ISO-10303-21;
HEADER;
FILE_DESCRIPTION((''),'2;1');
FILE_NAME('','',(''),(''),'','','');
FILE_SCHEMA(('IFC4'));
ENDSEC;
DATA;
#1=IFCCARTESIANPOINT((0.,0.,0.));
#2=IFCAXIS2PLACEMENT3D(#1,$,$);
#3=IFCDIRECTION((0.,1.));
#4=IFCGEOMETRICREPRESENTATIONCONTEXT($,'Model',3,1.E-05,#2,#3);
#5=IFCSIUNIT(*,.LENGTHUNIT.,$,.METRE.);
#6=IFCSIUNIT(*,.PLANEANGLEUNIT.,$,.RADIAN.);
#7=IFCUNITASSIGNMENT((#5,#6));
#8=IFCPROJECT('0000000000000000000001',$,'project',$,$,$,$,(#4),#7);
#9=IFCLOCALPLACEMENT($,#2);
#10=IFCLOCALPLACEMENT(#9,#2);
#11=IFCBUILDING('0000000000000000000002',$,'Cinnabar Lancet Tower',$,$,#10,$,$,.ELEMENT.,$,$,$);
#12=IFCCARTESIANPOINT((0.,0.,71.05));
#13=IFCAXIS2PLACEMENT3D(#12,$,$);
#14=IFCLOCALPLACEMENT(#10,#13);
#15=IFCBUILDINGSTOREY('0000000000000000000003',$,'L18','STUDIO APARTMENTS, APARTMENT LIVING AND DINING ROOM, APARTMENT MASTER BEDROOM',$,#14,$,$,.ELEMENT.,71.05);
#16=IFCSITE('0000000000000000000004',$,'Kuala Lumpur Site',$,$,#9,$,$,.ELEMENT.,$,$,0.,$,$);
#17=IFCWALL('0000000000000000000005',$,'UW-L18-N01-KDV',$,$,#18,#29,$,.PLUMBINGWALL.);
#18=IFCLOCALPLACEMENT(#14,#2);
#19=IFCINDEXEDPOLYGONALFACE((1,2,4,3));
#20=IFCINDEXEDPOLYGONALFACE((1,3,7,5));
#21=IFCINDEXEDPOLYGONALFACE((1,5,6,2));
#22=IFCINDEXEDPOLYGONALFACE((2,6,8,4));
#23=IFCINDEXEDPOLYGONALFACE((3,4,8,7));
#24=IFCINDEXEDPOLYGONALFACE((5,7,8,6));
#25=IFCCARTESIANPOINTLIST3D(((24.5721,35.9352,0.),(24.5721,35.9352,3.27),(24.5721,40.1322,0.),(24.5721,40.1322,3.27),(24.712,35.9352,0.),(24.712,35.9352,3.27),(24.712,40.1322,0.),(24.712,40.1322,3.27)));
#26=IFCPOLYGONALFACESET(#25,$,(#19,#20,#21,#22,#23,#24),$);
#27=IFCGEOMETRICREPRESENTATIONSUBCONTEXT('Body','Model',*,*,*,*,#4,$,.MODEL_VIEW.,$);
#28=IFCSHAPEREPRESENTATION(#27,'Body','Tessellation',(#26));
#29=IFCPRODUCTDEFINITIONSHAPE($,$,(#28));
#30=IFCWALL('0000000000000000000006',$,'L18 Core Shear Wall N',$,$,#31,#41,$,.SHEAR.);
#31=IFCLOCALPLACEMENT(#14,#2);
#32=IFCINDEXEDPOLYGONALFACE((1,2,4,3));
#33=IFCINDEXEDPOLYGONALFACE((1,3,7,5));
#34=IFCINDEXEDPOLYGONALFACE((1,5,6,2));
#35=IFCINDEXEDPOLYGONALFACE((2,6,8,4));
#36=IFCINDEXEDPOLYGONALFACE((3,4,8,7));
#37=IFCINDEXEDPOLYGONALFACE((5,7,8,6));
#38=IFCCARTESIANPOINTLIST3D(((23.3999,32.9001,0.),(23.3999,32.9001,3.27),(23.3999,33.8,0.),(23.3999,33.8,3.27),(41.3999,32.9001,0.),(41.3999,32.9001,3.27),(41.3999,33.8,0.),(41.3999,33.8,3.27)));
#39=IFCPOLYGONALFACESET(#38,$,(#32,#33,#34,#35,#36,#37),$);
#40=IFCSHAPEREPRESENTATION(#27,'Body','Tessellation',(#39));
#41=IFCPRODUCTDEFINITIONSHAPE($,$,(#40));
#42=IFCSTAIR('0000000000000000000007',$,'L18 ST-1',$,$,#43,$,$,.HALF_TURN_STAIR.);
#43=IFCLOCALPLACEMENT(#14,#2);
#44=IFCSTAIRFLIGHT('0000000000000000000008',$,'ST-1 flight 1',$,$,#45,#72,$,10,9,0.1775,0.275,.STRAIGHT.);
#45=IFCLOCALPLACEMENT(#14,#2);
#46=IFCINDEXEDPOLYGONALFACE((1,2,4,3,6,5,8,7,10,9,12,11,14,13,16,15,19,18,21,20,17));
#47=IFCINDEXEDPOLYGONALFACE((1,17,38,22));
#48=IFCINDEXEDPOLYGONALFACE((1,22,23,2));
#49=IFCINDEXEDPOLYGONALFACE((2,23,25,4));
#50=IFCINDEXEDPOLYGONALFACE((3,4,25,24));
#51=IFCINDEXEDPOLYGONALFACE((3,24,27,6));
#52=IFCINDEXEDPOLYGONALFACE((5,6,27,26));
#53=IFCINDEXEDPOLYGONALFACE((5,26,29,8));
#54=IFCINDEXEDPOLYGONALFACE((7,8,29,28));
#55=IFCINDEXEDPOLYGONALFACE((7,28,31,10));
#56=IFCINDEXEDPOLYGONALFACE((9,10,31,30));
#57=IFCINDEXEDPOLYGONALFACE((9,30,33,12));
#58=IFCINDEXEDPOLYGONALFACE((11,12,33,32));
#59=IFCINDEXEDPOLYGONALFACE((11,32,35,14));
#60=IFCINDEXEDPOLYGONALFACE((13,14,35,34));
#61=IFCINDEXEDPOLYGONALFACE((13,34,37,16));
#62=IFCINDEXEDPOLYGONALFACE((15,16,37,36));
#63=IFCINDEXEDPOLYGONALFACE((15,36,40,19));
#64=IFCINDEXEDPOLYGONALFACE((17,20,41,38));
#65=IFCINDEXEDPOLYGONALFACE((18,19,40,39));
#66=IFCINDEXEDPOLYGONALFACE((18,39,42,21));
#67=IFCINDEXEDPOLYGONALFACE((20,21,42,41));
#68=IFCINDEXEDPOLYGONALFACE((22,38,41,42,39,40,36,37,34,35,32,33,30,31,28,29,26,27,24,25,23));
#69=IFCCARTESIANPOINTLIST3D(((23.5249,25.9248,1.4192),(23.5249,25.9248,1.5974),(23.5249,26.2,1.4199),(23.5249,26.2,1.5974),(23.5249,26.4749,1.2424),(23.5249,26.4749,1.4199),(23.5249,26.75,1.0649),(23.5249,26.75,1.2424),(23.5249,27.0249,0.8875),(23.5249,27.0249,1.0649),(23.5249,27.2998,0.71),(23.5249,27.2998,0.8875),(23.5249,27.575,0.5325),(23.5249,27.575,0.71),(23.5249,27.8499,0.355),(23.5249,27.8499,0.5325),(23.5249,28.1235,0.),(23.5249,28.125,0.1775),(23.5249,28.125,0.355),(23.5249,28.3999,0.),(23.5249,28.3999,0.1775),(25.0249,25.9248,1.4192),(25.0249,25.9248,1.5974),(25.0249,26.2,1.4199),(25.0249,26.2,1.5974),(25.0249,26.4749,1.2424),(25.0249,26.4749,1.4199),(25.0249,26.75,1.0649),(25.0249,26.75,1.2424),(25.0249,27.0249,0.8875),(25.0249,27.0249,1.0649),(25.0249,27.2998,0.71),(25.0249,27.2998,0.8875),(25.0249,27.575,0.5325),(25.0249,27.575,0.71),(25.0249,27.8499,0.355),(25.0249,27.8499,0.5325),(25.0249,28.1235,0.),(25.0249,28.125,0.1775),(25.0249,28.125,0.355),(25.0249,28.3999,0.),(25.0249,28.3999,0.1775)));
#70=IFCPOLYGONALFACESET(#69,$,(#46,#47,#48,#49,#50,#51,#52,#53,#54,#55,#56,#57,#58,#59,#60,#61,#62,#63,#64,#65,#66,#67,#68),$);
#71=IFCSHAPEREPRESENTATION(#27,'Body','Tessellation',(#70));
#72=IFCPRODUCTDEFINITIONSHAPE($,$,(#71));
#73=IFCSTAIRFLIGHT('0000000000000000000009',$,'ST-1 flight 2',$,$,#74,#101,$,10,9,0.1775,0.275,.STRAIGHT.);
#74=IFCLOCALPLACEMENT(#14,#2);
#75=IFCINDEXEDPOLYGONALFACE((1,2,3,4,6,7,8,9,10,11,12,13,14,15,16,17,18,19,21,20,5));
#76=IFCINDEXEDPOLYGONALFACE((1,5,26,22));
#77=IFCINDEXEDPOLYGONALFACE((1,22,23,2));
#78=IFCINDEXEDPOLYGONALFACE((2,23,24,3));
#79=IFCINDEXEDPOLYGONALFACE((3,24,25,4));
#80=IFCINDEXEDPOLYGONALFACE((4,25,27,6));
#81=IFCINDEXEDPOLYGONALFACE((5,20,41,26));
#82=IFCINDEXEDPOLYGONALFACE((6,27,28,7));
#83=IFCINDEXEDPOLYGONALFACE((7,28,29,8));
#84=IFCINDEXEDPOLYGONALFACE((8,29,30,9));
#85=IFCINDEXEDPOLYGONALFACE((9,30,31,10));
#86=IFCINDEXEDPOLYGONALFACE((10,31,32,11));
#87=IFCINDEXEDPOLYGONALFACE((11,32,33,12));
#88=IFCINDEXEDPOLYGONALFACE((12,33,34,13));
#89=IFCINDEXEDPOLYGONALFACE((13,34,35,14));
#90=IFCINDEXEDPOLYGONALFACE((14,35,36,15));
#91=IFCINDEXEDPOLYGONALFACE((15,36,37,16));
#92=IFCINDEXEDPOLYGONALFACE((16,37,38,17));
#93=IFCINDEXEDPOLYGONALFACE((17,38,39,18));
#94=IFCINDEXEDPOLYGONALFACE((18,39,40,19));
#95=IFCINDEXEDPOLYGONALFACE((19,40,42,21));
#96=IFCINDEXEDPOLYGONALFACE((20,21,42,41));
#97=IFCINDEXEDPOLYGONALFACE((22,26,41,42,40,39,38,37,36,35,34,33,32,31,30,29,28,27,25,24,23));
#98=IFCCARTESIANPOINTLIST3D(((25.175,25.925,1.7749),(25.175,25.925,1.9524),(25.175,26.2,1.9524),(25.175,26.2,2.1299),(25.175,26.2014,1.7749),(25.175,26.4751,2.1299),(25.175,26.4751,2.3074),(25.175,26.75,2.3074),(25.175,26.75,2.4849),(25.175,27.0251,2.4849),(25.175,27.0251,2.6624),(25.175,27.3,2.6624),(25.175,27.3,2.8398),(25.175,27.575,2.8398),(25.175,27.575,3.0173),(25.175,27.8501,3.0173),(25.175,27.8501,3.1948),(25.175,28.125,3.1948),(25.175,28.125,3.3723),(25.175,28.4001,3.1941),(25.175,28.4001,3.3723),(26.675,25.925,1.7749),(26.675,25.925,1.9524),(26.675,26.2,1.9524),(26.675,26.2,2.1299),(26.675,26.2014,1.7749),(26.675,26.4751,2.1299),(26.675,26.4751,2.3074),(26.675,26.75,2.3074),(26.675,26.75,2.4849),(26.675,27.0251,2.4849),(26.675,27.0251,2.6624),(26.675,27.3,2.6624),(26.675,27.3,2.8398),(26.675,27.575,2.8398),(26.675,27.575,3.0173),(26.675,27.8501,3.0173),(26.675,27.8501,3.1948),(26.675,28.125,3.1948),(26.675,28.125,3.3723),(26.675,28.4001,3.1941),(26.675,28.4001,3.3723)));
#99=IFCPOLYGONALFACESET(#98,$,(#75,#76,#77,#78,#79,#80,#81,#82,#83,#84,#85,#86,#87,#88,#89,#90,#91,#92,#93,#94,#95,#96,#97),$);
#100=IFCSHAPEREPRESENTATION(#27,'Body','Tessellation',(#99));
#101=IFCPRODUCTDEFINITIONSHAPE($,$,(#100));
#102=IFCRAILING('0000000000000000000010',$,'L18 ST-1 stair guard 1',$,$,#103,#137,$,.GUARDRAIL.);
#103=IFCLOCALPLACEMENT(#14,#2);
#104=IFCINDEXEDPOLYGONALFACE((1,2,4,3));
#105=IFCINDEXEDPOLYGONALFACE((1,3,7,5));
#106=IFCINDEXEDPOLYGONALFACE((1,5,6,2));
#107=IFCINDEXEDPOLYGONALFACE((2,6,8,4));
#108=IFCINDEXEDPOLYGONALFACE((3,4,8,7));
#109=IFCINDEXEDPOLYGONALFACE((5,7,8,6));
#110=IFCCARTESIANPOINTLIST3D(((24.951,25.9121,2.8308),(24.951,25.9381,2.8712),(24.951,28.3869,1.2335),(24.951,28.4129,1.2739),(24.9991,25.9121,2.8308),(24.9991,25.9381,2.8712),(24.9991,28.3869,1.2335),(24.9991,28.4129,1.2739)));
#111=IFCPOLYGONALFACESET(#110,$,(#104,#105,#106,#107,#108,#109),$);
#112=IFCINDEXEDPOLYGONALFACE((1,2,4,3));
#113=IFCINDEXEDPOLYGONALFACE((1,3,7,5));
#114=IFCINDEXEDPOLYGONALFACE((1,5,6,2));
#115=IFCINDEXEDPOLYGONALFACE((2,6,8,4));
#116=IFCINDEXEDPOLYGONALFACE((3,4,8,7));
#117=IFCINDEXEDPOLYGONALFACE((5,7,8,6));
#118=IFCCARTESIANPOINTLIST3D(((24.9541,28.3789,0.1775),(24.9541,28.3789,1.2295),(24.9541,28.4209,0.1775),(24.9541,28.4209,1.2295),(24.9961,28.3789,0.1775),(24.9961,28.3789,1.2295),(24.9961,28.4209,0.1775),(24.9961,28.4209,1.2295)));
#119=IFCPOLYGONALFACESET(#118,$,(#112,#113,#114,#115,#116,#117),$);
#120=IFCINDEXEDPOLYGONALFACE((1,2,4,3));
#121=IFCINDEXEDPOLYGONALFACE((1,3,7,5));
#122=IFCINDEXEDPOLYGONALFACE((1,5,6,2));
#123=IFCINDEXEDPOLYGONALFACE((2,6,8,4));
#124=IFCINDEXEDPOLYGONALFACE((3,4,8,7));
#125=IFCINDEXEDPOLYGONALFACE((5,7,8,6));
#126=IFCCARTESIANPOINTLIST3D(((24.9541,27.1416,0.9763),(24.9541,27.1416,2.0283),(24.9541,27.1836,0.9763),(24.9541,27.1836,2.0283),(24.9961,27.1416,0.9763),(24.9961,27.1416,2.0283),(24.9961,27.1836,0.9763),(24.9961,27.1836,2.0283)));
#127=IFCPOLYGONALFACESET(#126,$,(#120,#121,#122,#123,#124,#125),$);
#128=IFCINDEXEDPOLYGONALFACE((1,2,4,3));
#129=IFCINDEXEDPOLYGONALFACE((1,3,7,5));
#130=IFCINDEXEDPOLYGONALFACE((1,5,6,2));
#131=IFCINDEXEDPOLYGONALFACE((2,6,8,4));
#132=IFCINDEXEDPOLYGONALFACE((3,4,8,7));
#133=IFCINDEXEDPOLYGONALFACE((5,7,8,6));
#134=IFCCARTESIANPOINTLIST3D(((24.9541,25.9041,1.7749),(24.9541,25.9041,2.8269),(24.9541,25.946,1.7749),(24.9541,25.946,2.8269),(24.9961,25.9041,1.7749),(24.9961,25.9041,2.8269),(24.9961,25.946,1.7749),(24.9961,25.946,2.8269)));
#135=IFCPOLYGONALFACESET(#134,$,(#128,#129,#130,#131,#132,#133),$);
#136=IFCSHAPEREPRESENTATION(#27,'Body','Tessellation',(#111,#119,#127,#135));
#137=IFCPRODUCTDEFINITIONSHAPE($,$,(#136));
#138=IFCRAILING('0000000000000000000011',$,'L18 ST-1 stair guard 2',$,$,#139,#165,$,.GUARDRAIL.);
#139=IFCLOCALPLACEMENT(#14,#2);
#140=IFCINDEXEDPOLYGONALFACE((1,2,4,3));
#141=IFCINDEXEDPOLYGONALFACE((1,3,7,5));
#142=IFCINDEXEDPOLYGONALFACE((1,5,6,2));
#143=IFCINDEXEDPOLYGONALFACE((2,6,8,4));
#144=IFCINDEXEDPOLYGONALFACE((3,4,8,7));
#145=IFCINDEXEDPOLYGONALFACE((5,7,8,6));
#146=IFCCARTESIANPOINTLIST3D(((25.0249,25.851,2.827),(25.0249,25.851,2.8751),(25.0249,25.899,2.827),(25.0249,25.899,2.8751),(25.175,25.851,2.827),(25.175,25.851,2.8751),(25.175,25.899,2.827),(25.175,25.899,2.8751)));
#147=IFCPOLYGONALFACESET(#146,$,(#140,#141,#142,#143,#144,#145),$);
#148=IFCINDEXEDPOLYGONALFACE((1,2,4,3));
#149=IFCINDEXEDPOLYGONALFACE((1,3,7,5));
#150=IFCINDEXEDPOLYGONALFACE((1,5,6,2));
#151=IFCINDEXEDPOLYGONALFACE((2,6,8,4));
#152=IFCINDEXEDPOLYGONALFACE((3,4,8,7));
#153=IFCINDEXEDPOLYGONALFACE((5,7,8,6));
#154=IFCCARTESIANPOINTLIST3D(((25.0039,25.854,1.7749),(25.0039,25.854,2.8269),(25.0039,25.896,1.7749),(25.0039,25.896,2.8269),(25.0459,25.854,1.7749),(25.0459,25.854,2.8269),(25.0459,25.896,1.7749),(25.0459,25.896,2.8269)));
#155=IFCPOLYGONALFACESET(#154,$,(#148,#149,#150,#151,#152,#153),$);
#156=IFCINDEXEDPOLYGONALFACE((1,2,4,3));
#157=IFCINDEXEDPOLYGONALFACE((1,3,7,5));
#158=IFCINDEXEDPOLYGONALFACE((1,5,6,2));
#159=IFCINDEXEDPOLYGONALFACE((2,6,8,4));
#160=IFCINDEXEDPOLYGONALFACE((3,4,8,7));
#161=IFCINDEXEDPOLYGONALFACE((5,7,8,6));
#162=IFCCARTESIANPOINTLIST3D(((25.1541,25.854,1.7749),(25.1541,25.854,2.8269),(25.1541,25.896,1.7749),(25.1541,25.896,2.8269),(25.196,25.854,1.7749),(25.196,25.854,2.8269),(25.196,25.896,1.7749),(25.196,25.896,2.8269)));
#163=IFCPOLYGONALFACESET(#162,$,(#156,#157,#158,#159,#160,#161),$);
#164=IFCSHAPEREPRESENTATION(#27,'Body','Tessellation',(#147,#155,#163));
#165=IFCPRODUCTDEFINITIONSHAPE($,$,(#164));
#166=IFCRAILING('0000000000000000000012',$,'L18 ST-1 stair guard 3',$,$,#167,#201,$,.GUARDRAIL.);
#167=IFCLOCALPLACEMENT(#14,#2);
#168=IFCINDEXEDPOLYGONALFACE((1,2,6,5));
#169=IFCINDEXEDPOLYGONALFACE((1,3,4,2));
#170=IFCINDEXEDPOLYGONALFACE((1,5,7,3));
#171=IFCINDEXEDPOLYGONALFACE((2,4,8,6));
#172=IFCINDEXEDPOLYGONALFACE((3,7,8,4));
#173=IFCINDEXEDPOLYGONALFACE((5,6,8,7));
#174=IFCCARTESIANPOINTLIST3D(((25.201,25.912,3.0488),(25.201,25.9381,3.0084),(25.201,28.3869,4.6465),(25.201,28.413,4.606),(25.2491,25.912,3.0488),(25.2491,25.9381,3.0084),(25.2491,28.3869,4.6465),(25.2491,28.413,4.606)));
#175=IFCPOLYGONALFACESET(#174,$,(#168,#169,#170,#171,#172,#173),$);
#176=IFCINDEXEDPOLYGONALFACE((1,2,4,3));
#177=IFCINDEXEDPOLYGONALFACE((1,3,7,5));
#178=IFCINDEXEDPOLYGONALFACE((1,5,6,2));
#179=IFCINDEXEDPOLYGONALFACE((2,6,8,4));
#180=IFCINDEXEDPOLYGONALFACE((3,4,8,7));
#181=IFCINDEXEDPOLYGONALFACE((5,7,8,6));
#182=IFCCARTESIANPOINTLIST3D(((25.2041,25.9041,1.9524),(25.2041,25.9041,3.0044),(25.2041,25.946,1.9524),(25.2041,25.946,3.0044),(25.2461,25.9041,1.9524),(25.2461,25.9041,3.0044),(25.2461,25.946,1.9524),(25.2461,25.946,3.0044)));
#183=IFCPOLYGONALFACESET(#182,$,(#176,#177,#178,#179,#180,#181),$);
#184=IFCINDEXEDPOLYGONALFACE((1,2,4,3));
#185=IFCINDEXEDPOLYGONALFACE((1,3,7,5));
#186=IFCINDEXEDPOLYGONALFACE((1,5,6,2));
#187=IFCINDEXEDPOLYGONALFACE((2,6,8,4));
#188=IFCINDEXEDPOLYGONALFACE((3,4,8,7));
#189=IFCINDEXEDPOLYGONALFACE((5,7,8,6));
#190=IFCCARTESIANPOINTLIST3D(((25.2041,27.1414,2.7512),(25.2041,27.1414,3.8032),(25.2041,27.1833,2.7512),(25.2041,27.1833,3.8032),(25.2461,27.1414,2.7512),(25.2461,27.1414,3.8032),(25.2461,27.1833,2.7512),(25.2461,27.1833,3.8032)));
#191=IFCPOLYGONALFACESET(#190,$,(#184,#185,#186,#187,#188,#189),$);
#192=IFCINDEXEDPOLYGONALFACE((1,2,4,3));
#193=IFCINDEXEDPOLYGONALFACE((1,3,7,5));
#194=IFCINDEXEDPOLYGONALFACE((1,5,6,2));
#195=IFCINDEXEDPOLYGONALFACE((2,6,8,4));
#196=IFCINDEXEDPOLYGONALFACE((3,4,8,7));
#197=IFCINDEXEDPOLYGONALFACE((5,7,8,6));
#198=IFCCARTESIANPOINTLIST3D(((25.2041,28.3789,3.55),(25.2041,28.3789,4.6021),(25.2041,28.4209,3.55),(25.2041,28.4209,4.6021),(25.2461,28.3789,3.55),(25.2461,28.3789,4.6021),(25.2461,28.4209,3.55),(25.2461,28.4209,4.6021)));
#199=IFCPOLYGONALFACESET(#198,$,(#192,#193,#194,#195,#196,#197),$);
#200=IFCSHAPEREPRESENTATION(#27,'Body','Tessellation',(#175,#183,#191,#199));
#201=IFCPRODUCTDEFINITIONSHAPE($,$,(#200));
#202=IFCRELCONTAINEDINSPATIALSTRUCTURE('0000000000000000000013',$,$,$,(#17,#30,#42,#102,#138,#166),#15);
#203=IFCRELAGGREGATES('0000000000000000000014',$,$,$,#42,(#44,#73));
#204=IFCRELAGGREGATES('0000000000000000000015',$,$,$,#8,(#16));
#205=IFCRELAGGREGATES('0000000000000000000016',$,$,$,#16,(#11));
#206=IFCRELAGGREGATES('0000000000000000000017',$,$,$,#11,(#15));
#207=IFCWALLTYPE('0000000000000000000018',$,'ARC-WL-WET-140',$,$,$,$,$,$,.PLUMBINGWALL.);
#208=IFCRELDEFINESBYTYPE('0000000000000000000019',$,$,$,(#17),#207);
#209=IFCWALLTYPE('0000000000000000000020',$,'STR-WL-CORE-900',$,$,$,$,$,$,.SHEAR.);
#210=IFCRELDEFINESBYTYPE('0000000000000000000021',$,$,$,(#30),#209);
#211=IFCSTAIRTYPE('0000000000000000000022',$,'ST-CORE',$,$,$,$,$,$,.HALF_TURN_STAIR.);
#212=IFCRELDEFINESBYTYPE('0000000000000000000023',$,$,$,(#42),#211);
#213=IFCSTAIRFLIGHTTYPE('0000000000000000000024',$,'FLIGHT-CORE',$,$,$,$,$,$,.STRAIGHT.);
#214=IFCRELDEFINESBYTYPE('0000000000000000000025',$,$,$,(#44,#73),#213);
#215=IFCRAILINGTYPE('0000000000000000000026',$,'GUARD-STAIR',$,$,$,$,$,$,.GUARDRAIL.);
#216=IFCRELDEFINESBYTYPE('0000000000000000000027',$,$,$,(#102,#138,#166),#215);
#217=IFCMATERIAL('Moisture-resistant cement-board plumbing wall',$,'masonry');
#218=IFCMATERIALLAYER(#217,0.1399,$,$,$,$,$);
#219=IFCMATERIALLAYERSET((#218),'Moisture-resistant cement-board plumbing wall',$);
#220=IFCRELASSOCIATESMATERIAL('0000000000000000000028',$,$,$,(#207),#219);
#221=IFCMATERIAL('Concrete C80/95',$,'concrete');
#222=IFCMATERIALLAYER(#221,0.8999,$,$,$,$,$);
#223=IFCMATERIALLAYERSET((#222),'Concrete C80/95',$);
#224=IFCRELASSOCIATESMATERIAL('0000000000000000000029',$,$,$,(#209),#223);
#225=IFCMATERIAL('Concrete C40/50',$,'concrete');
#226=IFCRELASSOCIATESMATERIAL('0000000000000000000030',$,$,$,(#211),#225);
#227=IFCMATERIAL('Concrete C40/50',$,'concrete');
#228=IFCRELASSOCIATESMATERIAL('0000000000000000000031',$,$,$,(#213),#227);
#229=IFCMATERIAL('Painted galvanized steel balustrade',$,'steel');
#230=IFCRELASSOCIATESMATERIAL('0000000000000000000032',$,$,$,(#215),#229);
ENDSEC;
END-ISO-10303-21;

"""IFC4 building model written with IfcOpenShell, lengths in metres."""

from ifc_helpers import new_model, si_unit, direction, frame, frame_2d, origin, origin_2d, place, context, subcontext, project, spatial, polyline, rectangle, outline, extrude, material, layer, layer_set, type_object, element, aggregate, save


model = new_model("IFC4")

# Units and contexts
model_context = context("Model", 3, precision=1e-05, world=origin(), true_north=direction((0.0, 1.0)))
body_context = subcontext(model_context, "Body", "Model", "MODEL_VIEW")
ifc_project = project(units=[si_unit("LENGTHUNIT", "METRE"), si_unit("PLANEANGLEUNIT", "RADIAN")], contexts=[model_context])

# Site, building, storey
site_placement = place(None, origin())
site = spatial("IfcSite", under=ifc_project, at=site_placement, Name="Kuala Lumpur Site", CompositionType="ELEMENT", RefElevation=0.0)
building_placement = place(site_placement, origin())
building = spatial("IfcBuilding", under=site, at=building_placement, Name="Cinnabar Lancet Tower", CompositionType="ELEMENT")
storey_placement = place(building_placement, frame((0.0, 0.0, 71.05)))
storey = spatial("IfcBuildingStorey", under=building, at=storey_placement, Name="L18", Description="STUDIO APARTMENTS, APARTMENT LIVING AND DINING ROOM, APARTMENT MASTER BEDROOM", CompositionType="ELEMENT", Elevation=71.05)

# Walls
ifc_material_1 = material(Name="Moisture-resistant cement-board plumbing wall", Category="masonry")
ifc_layer_1 = layer(ifc_material_1, 0.1399)
ifc_layer_set_1 = layer_set([ifc_layer_1], Name="Moisture-resistant cement-board plumbing wall")
wall_type_1 = type_object("IfcWallType", Name="ARC-WL-WET-140", PredefinedType="PLUMBINGWALL", material=ifc_layer_set_1)
wall_1_placement = place(storey_placement, frame((24.6421, 35.9351, 0.0), z_axis=(0.0, 0.0, 1.0), x_axis=(0.0, 1.0, 0.0)))
element("IfcWall", 1, at=wall_1_placement, inside=storey, type_object=wall_type_1, Name="UW-L18-N01-KDV", PredefinedType="PLUMBINGWALL", context=body_context, shape_type="SweptSolid", body=[
    extrude(rectangle(XDim=4.197, YDim=0.1399, at=frame_2d((2.0986, 0.0))), origin(), (0.0, 0.0, 1.0), 3.27),
])
ifc_material_2 = material(Name="Concrete C80/95", Category="concrete")
ifc_layer_2 = layer(ifc_material_2, 0.8999)
ifc_layer_set_2 = layer_set([ifc_layer_2], Name="Concrete C80/95")
wall_type_2 = type_object("IfcWallType", Name="STR-WL-CORE-900", PredefinedType="SHEAR", material=ifc_layer_set_2)
wall_2_placement = place(storey_placement, frame((23.3999, 33.3501, 0.0), z_axis=(0.0, 0.0, 1.0), x_axis=(1.0, 0.0, 0.0)))
element("IfcWall", 2, at=wall_2_placement, inside=storey, type_object=wall_type_2, Name="L18 Core Shear Wall N", PredefinedType="SHEAR", context=body_context, shape_type="SweptSolid", body=[
    extrude(rectangle(XDim=18.0, YDim=0.8999, at=frame_2d((9.0, 0.0))), origin(), (0.0, 0.0, 1.0), 3.27),
])

# Stair, stair flights
ifc_material_3 = material(Name="Concrete C40/50", Category="concrete")
stair_type = type_object("IfcStairType", Name="ST-CORE", PredefinedType="HALF_TURN_STAIR", material=ifc_material_3)
stair_placement = place(storey_placement, origin())
stair = element("IfcStair", 3, at=stair_placement, inside=storey, type_object=stair_type, Name="L18 ST-1", PredefinedType="HALF_TURN_STAIR")
ifc_material_4 = material(Name="Concrete C40/50", Category="concrete")
stair_flight_type = type_object("IfcStairFlightType", Name="FLIGHT-CORE", PredefinedType="STRAIGHT", material=ifc_material_4)
stair_flight_1_placement = place(storey_placement, frame((24.2749, 28.3999, 0.0), z_axis=(0.0, 0.0, 1.0), x_axis=(0.0, -1.0, 0.0)))
stair_flight_1 = element("IfcStairFlight", 4, at=stair_flight_1_placement, type_object=stair_flight_type, Name="ST-1 flight 1", NumberOfRisers=10, NumberOfTreads=9, PredefinedType="STRAIGHT", RiserHeight=0.1775, TreadLength=0.275, context=body_context, shape_type="SweptSolid", body=[
    extrude(outline(polyline([(0.0, 0.0), (0.0, 0.1775), (0.2749, 0.1775), (0.2749, 0.355), (0.55, 0.355), (0.55, 0.5325), (0.825, 0.5325), (0.825, 0.71), (1.1001, 0.71), (1.1001, 0.8875), (1.375, 0.8875), (1.375, 1.0649), (1.6499, 1.0649), (1.6499, 1.2424), (1.925, 1.2424), (1.925, 1.4199), (2.2, 1.4199), (2.2, 1.5974), (2.4751, 1.5974), (2.4751, 1.7749), (2.4751, 1.4192), (0.2764, 0.0), (0.0, 0.0)])), frame((0.0, 0.75, 0.0), z_axis=(0.0, -1.0, 0.0), x_axis=(1.0, 0.0, 0.0)), (0.0, 0.0, 1.0), 1.5),
])
stair_flight_2_placement = place(storey_placement, frame((25.925, 25.925, 1.7749), z_axis=(0.0, 0.0, 1.0), x_axis=(0.0, 1.0, 0.0)))
stair_flight_2 = element("IfcStairFlight", 5, at=stair_flight_2_placement, type_object=stair_flight_type, Name="ST-1 flight 2", NumberOfRisers=10, NumberOfTreads=9, PredefinedType="STRAIGHT", RiserHeight=0.1775, TreadLength=0.275, context=body_context, shape_type="SweptSolid", body=[
    extrude(outline(polyline([(0.0, 0.0), (0.0, 0.1775), (0.2749, 0.1775), (0.2749, 0.355), (0.55, 0.355), (0.55, 0.5325), (0.825, 0.5325), (0.825, 0.71), (1.1001, 0.71), (1.1001, 0.8875), (1.375, 0.8875), (1.375, 1.0649), (1.6499, 1.0649), (1.6499, 1.2424), (1.925, 1.2424), (1.925, 1.4199), (2.2, 1.4199), (2.2, 1.5974), (2.4751, 1.5974), (2.4751, 1.7749), (2.4751, 1.4192), (0.2764, 0.0), (0.0, 0.0)])), frame((0.0, 0.75, 0.0), z_axis=(0.0, -1.0, 0.0), x_axis=(1.0, 0.0, 0.0)), (0.0, 0.0, 1.0), 1.5),
])
aggregate(stair, [stair_flight_1, stair_flight_2])

# Railings
ifc_material_5 = material(Name="Painted galvanized steel balustrade", Category="steel")
railing_type_1 = type_object("IfcRailingType", Name="GUARD-STAIR", PredefinedType="GUARDRAIL", material=ifc_material_5)
railing_1_placement = place(storey_placement, frame((24.9751, 28.3999, 0.1775)))
element("IfcRailing", 6, at=railing_1_placement, inside=storey, type_object=railing_type_1, Name="L18 ST-1 stair guard 1", PredefinedType="GUARDRAIL", context=body_context, shape_type="SweptSolid", body=[
    extrude(rectangle(XDim=0.0481, YDim=0.0481, at=origin_2d()), frame((0.0, 0.0, 1.0762), z_axis=(0.0, -0.840183, 0.542302), x_axis=(1.0, 0.0, 0.0)), (0.0, 0.0, 1.0), 2.9456),
    extrude(rectangle(XDim=0.042, YDim=0.042, at=origin_2d()), origin(), (0.0, 0.0, 1.0), 1.052),
    extrude(rectangle(XDim=0.042, YDim=0.042, at=origin_2d()), frame((0.0, -1.2373, 0.7988)), (0.0, 0.0, 1.0), 1.052),
    extrude(rectangle(XDim=0.042, YDim=0.042, at=origin_2d()), frame((0.0, -2.4749, 1.5974)), (0.0, 0.0, 1.0), 1.052),
])
railing_2_placement = place(storey_placement, frame((25.0249, 25.875, 1.7749)))
element("IfcRailing", 7, at=railing_2_placement, inside=storey, type_object=railing_type_1, Name="L18 ST-1 stair guard 2", PredefinedType="GUARDRAIL", context=body_context, shape_type="SweptSolid", body=[
    extrude(rectangle(XDim=0.0481, YDim=0.0481, at=origin_2d()), frame((0.0, 0.0, 1.0762), z_axis=(1.0, 0.0, 0.0), x_axis=(0.0, 1.0, 0.0)), (0.0, 0.0, 1.0), 0.1501),
    extrude(rectangle(XDim=0.042, YDim=0.042, at=origin_2d()), origin(), (0.0, 0.0, 1.0), 1.052),
    extrude(rectangle(XDim=0.042, YDim=0.042, at=origin_2d()), frame((0.1501, 0.0, 0.0)), (0.0, 0.0, 1.0), 1.052),
])
railing_3_placement = place(storey_placement, frame((25.2251, 25.925, 1.9524)))
element("IfcRailing", 8, at=railing_3_placement, inside=storey, type_object=railing_type_1, Name="L18 ST-1 stair guard 3", PredefinedType="GUARDRAIL", context=body_context, shape_type="SweptSolid", body=[
    extrude(rectangle(XDim=0.0481, YDim=0.0481, at=origin_2d()), frame((0.0, 0.0, 1.0762), z_axis=(0.0, 0.840146, 0.542361), x_axis=(-1.0, 0.0, 0.0)), (0.0, 0.0, 1.0), 2.9458),
    extrude(rectangle(XDim=0.042, YDim=0.042, at=origin_2d()), origin(), (0.0, 0.0, 1.0), 1.052),
    extrude(rectangle(XDim=0.042, YDim=0.042, at=origin_2d()), frame((0.0, 1.2373, 0.7988)), (0.0, 0.0, 1.0), 1.052),
    extrude(rectangle(XDim=0.042, YDim=0.042, at=origin_2d()), frame((0.0, 2.4749, 1.5977)), (0.0, 0.0, 1.0), 1.052),
])

save(model, "model.ifc")
